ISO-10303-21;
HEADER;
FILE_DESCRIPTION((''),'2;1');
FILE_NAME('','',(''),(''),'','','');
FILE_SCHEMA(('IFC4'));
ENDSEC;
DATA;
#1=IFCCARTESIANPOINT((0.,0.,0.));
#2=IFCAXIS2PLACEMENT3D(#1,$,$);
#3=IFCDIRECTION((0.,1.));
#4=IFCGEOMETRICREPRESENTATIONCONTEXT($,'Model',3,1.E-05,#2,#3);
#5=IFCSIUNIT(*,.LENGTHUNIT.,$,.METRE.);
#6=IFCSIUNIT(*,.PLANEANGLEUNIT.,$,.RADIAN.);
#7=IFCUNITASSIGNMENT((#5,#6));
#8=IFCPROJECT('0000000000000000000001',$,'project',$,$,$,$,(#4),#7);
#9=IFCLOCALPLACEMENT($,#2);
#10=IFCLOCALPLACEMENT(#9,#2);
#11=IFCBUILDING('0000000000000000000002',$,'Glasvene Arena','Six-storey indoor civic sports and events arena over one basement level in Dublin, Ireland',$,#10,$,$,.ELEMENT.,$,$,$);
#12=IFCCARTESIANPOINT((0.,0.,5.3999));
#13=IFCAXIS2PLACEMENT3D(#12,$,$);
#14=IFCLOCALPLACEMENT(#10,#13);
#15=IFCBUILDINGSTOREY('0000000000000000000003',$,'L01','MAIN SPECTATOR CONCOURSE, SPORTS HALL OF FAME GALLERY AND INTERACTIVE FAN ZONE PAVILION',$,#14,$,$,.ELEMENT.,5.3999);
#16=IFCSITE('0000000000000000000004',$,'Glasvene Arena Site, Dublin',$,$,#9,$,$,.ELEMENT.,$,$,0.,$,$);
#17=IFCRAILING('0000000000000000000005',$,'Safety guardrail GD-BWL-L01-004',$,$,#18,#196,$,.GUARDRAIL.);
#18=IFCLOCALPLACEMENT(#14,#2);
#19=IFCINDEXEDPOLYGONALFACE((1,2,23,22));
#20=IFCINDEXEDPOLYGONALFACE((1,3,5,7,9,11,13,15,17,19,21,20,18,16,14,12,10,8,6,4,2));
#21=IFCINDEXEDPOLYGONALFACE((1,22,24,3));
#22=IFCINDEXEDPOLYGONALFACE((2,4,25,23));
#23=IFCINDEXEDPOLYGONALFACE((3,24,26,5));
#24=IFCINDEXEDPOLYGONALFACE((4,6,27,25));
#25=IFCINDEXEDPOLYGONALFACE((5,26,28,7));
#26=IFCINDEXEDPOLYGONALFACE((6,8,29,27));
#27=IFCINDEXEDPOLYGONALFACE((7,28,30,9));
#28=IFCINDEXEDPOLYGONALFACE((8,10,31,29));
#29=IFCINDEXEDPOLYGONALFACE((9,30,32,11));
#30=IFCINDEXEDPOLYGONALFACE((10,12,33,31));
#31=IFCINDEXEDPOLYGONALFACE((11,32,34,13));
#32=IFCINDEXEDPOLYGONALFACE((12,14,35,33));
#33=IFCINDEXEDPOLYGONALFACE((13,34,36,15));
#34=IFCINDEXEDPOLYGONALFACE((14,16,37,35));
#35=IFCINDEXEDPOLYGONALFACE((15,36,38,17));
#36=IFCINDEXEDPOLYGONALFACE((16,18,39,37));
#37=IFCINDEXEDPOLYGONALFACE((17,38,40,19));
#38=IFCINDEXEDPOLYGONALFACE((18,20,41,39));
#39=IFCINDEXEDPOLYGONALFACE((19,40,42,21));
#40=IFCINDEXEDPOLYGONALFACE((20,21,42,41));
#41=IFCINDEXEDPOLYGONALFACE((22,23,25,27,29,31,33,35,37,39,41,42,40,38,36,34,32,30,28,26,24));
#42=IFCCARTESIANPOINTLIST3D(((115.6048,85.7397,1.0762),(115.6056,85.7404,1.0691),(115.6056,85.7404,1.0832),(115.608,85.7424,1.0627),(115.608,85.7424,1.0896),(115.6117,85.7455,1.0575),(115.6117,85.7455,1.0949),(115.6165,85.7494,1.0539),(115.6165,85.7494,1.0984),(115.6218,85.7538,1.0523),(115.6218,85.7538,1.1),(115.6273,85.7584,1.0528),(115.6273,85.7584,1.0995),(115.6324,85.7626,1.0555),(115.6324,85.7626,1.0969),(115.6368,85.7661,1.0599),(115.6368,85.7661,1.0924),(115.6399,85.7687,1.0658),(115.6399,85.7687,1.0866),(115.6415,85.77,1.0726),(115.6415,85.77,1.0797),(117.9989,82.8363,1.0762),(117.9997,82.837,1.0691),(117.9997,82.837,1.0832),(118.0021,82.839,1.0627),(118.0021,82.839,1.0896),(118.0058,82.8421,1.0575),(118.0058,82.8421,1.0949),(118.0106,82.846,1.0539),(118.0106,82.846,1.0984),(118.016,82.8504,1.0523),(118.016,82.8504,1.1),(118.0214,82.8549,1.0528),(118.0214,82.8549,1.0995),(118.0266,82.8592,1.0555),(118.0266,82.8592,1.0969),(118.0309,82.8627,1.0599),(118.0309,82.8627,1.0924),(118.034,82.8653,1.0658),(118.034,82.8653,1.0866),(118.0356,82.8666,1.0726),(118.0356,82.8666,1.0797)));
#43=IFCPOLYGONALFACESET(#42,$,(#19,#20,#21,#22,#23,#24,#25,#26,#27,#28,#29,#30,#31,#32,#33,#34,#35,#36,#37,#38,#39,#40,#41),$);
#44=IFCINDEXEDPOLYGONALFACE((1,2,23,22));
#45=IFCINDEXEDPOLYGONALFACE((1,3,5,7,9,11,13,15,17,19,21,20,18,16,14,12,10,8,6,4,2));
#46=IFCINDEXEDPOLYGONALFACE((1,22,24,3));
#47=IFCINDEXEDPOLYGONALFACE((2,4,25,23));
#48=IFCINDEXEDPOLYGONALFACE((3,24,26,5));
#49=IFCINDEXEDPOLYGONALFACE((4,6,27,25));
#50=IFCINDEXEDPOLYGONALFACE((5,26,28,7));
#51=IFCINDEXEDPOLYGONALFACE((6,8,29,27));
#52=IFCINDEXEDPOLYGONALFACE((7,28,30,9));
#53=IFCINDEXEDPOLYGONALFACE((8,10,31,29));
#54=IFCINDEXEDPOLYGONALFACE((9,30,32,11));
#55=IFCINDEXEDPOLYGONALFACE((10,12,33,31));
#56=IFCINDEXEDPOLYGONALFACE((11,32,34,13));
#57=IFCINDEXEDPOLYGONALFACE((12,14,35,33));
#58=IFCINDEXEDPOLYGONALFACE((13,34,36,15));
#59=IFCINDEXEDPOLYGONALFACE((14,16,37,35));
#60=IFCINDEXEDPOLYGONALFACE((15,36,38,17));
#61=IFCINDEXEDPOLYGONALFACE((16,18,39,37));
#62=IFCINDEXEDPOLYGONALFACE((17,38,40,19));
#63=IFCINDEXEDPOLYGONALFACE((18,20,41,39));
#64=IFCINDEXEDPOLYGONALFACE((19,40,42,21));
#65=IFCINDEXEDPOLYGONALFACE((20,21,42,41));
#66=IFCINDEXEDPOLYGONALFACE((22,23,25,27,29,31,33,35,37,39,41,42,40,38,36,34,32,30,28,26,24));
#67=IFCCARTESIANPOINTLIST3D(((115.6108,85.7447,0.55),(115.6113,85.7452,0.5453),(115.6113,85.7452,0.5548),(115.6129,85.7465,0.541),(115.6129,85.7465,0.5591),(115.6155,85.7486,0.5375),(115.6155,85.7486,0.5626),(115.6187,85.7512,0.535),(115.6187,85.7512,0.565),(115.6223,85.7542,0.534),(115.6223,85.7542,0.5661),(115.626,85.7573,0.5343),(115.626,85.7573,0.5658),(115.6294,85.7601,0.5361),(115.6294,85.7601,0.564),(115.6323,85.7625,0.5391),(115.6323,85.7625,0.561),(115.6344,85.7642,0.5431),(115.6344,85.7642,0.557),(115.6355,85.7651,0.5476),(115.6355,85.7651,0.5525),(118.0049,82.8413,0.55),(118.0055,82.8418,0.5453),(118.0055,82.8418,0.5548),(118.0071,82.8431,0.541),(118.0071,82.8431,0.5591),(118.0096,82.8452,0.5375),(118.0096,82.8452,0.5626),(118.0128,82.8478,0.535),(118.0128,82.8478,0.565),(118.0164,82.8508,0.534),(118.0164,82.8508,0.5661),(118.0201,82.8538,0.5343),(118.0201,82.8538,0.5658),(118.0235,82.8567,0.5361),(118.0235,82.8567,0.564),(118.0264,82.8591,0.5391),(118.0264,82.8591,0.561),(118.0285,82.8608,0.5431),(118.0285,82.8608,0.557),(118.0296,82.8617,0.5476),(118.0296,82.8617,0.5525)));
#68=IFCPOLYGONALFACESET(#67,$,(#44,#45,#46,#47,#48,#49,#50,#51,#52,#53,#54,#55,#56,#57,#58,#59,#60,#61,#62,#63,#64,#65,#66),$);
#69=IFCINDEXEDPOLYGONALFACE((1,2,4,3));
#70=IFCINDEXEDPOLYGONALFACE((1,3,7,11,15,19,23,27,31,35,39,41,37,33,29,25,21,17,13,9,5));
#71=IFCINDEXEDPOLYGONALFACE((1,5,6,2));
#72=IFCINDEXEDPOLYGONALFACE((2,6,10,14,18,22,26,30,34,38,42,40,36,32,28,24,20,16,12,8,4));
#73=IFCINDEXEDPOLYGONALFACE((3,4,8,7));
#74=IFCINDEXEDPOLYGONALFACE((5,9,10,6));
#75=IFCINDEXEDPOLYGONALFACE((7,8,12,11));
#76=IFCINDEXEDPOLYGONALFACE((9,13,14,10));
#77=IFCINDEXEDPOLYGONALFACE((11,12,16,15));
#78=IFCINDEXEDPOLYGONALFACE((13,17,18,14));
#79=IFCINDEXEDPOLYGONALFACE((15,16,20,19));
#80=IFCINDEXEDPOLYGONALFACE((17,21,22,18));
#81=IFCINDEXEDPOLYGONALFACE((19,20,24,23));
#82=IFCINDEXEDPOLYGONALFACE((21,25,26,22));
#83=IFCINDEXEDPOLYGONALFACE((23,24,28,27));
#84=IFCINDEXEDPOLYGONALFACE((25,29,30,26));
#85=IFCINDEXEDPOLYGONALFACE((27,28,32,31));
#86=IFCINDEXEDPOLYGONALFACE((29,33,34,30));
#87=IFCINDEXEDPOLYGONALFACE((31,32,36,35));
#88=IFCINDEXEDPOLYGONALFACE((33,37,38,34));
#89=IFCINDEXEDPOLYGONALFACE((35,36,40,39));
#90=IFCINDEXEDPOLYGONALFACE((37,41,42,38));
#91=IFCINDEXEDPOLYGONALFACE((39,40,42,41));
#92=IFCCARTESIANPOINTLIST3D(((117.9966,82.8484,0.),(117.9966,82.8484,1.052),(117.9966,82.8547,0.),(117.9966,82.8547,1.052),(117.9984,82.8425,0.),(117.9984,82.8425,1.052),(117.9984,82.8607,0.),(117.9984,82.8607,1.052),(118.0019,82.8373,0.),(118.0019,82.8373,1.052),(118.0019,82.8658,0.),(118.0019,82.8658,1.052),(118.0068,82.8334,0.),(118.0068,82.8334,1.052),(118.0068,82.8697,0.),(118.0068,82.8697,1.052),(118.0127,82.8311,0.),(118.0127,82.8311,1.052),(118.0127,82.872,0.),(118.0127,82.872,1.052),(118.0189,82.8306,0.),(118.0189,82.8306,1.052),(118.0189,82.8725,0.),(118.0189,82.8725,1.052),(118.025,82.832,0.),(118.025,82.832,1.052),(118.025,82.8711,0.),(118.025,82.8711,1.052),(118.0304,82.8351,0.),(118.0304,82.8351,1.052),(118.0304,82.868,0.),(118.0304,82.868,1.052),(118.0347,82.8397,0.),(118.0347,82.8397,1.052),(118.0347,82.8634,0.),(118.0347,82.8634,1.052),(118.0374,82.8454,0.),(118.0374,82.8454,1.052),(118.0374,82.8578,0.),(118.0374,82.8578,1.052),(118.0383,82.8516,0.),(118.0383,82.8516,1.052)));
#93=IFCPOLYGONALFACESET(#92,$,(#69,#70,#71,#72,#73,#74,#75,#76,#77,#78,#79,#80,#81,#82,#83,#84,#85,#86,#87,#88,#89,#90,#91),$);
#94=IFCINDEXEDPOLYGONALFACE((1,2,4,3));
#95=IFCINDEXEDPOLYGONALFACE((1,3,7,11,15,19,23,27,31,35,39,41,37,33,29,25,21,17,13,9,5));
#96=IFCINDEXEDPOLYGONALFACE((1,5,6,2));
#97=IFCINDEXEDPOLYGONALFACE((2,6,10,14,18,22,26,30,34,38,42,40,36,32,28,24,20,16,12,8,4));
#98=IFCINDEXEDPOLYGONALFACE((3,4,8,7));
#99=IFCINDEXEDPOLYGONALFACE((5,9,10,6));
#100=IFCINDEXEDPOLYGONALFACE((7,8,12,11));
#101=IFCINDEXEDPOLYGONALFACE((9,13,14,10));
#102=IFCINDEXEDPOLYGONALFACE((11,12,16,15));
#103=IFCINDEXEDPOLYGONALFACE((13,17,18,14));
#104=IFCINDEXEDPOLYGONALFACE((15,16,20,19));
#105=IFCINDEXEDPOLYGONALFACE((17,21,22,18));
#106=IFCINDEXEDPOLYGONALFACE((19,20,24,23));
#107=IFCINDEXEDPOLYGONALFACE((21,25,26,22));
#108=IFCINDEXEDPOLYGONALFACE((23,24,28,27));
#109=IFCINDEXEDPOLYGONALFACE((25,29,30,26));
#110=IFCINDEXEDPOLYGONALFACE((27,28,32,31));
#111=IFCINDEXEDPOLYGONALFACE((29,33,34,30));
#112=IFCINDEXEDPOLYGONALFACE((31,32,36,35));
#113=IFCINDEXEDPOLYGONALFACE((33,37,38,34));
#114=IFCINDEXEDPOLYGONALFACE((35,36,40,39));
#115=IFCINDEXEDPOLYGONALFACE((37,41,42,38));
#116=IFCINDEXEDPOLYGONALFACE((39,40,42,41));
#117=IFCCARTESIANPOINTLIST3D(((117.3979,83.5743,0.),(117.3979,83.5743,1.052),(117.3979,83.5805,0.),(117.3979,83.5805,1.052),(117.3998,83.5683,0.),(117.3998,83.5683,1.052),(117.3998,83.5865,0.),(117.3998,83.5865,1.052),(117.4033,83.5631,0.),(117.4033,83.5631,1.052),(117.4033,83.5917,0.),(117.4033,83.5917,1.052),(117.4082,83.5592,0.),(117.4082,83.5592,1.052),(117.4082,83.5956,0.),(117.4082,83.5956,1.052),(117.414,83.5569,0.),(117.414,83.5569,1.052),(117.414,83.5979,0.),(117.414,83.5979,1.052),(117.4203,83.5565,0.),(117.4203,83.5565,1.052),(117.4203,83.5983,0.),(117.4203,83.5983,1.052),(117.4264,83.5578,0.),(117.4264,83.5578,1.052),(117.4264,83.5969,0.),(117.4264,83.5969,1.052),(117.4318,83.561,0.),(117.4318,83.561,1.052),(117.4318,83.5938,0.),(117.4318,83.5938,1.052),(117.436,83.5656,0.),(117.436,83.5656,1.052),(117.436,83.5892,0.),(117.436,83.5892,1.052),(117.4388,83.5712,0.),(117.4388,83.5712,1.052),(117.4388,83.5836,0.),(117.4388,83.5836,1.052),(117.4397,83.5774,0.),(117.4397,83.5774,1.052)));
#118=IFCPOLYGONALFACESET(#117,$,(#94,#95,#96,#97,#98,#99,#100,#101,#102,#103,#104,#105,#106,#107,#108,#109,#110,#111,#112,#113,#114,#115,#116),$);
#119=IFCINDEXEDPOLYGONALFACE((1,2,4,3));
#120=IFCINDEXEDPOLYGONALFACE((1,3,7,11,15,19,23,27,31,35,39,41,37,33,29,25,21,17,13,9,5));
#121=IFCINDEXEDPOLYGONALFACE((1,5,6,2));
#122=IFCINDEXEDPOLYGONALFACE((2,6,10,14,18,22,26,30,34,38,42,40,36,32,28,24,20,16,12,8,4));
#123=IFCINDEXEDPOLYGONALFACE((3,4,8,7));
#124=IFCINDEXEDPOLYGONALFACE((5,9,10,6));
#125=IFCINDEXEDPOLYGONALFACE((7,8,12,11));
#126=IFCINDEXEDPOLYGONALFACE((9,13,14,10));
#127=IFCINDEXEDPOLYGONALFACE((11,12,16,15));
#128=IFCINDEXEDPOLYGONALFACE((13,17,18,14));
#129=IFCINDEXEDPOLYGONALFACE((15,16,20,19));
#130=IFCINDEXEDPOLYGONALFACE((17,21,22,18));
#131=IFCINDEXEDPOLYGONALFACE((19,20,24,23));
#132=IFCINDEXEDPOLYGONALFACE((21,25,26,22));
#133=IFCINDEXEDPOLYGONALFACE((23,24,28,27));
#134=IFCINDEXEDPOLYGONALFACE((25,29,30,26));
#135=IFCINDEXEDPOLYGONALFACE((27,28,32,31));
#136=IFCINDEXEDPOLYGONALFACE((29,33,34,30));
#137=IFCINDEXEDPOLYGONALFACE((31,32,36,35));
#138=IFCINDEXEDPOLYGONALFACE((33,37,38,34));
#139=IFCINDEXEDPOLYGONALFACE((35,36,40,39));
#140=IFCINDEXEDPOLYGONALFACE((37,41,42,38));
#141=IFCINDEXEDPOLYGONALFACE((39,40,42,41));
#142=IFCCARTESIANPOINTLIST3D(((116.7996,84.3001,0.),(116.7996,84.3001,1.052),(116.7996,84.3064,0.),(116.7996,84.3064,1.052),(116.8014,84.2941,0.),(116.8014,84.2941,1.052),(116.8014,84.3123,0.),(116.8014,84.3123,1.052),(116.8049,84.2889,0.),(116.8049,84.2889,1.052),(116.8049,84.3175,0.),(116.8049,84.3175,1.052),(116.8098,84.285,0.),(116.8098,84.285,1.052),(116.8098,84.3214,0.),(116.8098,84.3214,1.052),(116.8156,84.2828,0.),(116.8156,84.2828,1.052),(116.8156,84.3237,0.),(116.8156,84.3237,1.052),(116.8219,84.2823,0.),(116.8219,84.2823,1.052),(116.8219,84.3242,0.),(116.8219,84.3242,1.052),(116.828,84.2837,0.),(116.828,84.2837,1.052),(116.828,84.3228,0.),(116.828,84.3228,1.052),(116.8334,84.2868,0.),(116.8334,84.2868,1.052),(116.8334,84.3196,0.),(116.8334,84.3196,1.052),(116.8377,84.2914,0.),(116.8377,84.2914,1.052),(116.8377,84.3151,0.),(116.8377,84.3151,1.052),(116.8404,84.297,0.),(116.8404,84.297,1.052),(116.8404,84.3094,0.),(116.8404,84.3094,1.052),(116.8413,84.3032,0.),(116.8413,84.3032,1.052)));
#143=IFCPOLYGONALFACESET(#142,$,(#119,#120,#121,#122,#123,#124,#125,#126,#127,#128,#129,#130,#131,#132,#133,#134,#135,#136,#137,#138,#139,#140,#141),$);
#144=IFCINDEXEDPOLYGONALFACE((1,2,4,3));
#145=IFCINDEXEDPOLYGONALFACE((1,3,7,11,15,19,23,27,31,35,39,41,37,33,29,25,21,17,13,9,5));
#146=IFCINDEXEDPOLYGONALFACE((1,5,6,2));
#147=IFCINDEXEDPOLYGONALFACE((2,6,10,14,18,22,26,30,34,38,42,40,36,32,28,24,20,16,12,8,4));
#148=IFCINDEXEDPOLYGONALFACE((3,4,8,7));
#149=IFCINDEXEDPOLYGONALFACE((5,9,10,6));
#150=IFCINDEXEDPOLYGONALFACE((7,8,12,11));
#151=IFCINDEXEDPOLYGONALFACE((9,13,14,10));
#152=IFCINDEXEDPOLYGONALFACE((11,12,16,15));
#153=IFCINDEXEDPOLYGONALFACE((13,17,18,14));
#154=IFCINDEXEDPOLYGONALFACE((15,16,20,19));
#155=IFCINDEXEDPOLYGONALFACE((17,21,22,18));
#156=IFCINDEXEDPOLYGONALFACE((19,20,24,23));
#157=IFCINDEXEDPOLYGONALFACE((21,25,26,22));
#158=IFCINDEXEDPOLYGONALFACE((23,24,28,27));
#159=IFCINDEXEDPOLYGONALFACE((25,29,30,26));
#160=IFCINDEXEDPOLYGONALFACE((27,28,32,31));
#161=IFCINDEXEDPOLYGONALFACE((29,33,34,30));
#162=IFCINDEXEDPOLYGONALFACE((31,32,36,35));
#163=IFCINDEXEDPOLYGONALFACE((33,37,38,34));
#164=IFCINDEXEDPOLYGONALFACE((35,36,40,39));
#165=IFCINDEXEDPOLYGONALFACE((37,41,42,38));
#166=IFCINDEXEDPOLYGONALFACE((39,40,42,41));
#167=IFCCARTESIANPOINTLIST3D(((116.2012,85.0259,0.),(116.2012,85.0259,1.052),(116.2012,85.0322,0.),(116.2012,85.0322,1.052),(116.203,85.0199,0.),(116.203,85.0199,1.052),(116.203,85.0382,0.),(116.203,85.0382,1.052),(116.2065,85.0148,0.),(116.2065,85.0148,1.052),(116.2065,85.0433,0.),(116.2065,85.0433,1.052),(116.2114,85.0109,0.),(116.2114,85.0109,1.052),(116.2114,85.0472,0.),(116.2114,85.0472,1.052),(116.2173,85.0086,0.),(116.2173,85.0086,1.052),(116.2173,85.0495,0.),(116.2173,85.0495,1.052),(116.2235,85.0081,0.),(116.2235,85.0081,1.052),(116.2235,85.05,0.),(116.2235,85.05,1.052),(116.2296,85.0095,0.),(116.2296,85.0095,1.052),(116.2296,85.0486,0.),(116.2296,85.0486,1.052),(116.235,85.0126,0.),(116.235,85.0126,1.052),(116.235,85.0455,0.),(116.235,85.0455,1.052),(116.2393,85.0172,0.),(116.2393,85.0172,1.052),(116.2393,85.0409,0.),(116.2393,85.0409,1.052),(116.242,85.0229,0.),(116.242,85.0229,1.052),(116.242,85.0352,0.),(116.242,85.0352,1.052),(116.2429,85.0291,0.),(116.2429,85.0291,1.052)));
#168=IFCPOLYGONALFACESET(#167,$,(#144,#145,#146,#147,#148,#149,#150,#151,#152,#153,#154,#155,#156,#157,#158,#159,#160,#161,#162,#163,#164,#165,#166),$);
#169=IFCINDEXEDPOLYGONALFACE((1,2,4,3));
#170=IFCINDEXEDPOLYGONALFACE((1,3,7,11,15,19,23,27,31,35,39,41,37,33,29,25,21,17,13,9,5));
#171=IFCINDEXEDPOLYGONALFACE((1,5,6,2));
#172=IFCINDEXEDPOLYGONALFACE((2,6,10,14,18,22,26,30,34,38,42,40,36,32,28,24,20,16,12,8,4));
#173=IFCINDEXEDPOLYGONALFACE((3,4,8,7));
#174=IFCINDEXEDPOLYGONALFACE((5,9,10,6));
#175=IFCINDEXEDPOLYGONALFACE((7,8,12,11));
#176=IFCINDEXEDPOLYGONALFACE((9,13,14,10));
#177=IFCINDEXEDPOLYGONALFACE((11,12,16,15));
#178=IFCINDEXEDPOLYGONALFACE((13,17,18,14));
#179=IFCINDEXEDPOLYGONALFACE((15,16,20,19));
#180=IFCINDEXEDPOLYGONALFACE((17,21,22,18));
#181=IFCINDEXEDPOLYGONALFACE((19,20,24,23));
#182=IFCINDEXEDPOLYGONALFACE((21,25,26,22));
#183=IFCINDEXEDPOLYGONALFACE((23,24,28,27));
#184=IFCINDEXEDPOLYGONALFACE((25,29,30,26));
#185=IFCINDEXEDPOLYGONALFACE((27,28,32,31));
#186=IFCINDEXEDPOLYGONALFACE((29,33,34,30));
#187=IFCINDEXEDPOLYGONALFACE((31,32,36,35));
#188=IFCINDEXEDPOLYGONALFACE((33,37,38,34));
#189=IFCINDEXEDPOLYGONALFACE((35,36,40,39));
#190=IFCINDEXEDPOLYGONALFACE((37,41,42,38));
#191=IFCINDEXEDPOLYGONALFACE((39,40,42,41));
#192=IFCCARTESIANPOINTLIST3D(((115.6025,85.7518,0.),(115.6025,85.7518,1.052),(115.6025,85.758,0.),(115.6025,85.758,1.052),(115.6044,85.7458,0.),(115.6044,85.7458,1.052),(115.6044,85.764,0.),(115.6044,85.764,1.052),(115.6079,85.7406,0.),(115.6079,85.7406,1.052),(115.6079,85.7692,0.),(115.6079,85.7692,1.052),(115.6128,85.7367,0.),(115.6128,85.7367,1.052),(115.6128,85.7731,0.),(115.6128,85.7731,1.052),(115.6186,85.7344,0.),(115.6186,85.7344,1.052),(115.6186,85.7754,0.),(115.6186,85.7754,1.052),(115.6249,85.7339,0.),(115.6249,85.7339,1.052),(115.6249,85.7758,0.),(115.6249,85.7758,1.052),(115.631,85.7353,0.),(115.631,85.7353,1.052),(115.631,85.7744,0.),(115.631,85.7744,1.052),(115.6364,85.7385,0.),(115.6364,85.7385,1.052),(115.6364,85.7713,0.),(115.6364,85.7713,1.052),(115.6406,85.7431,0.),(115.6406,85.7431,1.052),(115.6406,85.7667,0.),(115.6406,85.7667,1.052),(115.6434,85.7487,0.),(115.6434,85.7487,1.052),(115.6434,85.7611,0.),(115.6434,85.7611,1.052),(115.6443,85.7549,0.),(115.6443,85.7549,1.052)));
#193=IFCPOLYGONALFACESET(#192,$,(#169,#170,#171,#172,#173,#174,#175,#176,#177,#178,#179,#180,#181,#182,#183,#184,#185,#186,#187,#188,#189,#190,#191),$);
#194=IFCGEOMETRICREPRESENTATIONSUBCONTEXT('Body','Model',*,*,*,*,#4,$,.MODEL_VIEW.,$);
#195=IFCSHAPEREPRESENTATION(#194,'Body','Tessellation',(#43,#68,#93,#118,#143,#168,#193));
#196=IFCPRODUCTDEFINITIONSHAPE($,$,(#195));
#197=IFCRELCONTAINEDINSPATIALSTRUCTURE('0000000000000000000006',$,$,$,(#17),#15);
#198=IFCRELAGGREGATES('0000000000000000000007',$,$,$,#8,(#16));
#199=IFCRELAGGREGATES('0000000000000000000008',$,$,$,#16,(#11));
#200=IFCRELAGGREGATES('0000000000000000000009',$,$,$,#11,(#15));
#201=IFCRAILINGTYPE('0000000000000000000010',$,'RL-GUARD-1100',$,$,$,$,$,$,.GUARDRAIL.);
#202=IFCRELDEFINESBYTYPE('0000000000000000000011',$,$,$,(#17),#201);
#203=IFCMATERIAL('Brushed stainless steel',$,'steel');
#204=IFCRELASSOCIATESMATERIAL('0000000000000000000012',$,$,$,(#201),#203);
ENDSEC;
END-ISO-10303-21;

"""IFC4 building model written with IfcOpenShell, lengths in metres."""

from ifc_helpers import new_model, si_unit, direction, frame, origin, origin_2d, place, context, subcontext, project, spatial, circle, extrude, material, type_object, element, save


model = new_model("IFC4")

# Units and contexts
model_context = context("Model", 3, precision=1e-05, world=origin(), true_north=direction((0.0, 1.0)))
body_context = subcontext(model_context, "Body", "Model", "MODEL_VIEW")
ifc_project = project(units=[si_unit("LENGTHUNIT", "METRE"), si_unit("PLANEANGLEUNIT", "RADIAN")], contexts=[model_context])

# Site, building, storey
site_placement = place(None, origin())
site = spatial("IfcSite", under=ifc_project, at=site_placement, Name="Glasvene Arena Site, Dublin", CompositionType="ELEMENT", RefElevation=0.0)
building_placement = place(site_placement, origin())
building = spatial("IfcBuilding", under=site, at=building_placement, Name="Glasvene Arena", Description="Six-storey indoor civic sports and events arena over one basement level in Dublin, Ireland", CompositionType="ELEMENT")
storey_placement = place(building_placement, frame((0.0, 0.0, 5.3999)))
storey = spatial("IfcBuildingStorey", under=building, at=storey_placement, Name="L01", Description="MAIN SPECTATOR CONCOURSE, SPORTS HALL OF FAME GALLERY AND INTERACTIVE FAN ZONE PAVILION", CompositionType="ELEMENT", Elevation=5.3999)

# Shared definitions
ifc_material_1 = material(Name="Brushed stainless steel", Category="steel")

# Railing
railing_type = type_object("IfcRailingType", Name="RL-GUARD-1100", PredefinedType="GUARDRAIL", material=ifc_material_1)
railing_1_placement = place(storey_placement, frame((118.0173, 82.8516, 0.0)))
element("IfcRailing", 1, at=railing_1_placement, inside=storey, type_object=railing_type, Name="Safety guardrail GD-BWL-L01-004", PredefinedType="GUARDRAIL", context=body_context, shape_type="SweptSolid", body=[
    extrude(circle(Radius=0.0239, at=origin_2d()), frame((0.0, 0.0, 1.0762), z_axis=(-0.636194, 0.771529, 0.0), x_axis=(-0.771529, -0.636194, 0.0)), (0.0, 0.0, 1.0), 3.7632),
    extrude(circle(Radius=0.0161, at=origin_2d()), frame((0.0, 0.0, 0.55), z_axis=(-0.636194, 0.771529, 0.0), x_axis=(-0.771529, -0.636194, 0.0)), (0.0, 0.0, 1.0), 3.7632),
    extrude(circle(Radius=0.021, at=origin_2d()), origin(), (0.0, 0.0, 1.0), 1.052),
    extrude(circle(Radius=0.021, at=origin_2d()), frame((-0.5986, 0.7258, 0.0)), (0.0, 0.0, 1.0), 1.052),
    extrude(circle(Radius=0.021, at=origin_2d()), frame((-1.197, 1.4517, 0.0)), (0.0, 0.0, 1.0), 1.052),
    extrude(circle(Radius=0.021, at=origin_2d()), frame((-1.7954, 2.1775, 0.0)), (0.0, 0.0, 1.0), 1.052),
    extrude(circle(Radius=0.021, at=origin_2d()), frame((-2.394, 2.9033, 0.0)), (0.0, 0.0, 1.0), 1.052),
])

save(model, "model.ifc")
